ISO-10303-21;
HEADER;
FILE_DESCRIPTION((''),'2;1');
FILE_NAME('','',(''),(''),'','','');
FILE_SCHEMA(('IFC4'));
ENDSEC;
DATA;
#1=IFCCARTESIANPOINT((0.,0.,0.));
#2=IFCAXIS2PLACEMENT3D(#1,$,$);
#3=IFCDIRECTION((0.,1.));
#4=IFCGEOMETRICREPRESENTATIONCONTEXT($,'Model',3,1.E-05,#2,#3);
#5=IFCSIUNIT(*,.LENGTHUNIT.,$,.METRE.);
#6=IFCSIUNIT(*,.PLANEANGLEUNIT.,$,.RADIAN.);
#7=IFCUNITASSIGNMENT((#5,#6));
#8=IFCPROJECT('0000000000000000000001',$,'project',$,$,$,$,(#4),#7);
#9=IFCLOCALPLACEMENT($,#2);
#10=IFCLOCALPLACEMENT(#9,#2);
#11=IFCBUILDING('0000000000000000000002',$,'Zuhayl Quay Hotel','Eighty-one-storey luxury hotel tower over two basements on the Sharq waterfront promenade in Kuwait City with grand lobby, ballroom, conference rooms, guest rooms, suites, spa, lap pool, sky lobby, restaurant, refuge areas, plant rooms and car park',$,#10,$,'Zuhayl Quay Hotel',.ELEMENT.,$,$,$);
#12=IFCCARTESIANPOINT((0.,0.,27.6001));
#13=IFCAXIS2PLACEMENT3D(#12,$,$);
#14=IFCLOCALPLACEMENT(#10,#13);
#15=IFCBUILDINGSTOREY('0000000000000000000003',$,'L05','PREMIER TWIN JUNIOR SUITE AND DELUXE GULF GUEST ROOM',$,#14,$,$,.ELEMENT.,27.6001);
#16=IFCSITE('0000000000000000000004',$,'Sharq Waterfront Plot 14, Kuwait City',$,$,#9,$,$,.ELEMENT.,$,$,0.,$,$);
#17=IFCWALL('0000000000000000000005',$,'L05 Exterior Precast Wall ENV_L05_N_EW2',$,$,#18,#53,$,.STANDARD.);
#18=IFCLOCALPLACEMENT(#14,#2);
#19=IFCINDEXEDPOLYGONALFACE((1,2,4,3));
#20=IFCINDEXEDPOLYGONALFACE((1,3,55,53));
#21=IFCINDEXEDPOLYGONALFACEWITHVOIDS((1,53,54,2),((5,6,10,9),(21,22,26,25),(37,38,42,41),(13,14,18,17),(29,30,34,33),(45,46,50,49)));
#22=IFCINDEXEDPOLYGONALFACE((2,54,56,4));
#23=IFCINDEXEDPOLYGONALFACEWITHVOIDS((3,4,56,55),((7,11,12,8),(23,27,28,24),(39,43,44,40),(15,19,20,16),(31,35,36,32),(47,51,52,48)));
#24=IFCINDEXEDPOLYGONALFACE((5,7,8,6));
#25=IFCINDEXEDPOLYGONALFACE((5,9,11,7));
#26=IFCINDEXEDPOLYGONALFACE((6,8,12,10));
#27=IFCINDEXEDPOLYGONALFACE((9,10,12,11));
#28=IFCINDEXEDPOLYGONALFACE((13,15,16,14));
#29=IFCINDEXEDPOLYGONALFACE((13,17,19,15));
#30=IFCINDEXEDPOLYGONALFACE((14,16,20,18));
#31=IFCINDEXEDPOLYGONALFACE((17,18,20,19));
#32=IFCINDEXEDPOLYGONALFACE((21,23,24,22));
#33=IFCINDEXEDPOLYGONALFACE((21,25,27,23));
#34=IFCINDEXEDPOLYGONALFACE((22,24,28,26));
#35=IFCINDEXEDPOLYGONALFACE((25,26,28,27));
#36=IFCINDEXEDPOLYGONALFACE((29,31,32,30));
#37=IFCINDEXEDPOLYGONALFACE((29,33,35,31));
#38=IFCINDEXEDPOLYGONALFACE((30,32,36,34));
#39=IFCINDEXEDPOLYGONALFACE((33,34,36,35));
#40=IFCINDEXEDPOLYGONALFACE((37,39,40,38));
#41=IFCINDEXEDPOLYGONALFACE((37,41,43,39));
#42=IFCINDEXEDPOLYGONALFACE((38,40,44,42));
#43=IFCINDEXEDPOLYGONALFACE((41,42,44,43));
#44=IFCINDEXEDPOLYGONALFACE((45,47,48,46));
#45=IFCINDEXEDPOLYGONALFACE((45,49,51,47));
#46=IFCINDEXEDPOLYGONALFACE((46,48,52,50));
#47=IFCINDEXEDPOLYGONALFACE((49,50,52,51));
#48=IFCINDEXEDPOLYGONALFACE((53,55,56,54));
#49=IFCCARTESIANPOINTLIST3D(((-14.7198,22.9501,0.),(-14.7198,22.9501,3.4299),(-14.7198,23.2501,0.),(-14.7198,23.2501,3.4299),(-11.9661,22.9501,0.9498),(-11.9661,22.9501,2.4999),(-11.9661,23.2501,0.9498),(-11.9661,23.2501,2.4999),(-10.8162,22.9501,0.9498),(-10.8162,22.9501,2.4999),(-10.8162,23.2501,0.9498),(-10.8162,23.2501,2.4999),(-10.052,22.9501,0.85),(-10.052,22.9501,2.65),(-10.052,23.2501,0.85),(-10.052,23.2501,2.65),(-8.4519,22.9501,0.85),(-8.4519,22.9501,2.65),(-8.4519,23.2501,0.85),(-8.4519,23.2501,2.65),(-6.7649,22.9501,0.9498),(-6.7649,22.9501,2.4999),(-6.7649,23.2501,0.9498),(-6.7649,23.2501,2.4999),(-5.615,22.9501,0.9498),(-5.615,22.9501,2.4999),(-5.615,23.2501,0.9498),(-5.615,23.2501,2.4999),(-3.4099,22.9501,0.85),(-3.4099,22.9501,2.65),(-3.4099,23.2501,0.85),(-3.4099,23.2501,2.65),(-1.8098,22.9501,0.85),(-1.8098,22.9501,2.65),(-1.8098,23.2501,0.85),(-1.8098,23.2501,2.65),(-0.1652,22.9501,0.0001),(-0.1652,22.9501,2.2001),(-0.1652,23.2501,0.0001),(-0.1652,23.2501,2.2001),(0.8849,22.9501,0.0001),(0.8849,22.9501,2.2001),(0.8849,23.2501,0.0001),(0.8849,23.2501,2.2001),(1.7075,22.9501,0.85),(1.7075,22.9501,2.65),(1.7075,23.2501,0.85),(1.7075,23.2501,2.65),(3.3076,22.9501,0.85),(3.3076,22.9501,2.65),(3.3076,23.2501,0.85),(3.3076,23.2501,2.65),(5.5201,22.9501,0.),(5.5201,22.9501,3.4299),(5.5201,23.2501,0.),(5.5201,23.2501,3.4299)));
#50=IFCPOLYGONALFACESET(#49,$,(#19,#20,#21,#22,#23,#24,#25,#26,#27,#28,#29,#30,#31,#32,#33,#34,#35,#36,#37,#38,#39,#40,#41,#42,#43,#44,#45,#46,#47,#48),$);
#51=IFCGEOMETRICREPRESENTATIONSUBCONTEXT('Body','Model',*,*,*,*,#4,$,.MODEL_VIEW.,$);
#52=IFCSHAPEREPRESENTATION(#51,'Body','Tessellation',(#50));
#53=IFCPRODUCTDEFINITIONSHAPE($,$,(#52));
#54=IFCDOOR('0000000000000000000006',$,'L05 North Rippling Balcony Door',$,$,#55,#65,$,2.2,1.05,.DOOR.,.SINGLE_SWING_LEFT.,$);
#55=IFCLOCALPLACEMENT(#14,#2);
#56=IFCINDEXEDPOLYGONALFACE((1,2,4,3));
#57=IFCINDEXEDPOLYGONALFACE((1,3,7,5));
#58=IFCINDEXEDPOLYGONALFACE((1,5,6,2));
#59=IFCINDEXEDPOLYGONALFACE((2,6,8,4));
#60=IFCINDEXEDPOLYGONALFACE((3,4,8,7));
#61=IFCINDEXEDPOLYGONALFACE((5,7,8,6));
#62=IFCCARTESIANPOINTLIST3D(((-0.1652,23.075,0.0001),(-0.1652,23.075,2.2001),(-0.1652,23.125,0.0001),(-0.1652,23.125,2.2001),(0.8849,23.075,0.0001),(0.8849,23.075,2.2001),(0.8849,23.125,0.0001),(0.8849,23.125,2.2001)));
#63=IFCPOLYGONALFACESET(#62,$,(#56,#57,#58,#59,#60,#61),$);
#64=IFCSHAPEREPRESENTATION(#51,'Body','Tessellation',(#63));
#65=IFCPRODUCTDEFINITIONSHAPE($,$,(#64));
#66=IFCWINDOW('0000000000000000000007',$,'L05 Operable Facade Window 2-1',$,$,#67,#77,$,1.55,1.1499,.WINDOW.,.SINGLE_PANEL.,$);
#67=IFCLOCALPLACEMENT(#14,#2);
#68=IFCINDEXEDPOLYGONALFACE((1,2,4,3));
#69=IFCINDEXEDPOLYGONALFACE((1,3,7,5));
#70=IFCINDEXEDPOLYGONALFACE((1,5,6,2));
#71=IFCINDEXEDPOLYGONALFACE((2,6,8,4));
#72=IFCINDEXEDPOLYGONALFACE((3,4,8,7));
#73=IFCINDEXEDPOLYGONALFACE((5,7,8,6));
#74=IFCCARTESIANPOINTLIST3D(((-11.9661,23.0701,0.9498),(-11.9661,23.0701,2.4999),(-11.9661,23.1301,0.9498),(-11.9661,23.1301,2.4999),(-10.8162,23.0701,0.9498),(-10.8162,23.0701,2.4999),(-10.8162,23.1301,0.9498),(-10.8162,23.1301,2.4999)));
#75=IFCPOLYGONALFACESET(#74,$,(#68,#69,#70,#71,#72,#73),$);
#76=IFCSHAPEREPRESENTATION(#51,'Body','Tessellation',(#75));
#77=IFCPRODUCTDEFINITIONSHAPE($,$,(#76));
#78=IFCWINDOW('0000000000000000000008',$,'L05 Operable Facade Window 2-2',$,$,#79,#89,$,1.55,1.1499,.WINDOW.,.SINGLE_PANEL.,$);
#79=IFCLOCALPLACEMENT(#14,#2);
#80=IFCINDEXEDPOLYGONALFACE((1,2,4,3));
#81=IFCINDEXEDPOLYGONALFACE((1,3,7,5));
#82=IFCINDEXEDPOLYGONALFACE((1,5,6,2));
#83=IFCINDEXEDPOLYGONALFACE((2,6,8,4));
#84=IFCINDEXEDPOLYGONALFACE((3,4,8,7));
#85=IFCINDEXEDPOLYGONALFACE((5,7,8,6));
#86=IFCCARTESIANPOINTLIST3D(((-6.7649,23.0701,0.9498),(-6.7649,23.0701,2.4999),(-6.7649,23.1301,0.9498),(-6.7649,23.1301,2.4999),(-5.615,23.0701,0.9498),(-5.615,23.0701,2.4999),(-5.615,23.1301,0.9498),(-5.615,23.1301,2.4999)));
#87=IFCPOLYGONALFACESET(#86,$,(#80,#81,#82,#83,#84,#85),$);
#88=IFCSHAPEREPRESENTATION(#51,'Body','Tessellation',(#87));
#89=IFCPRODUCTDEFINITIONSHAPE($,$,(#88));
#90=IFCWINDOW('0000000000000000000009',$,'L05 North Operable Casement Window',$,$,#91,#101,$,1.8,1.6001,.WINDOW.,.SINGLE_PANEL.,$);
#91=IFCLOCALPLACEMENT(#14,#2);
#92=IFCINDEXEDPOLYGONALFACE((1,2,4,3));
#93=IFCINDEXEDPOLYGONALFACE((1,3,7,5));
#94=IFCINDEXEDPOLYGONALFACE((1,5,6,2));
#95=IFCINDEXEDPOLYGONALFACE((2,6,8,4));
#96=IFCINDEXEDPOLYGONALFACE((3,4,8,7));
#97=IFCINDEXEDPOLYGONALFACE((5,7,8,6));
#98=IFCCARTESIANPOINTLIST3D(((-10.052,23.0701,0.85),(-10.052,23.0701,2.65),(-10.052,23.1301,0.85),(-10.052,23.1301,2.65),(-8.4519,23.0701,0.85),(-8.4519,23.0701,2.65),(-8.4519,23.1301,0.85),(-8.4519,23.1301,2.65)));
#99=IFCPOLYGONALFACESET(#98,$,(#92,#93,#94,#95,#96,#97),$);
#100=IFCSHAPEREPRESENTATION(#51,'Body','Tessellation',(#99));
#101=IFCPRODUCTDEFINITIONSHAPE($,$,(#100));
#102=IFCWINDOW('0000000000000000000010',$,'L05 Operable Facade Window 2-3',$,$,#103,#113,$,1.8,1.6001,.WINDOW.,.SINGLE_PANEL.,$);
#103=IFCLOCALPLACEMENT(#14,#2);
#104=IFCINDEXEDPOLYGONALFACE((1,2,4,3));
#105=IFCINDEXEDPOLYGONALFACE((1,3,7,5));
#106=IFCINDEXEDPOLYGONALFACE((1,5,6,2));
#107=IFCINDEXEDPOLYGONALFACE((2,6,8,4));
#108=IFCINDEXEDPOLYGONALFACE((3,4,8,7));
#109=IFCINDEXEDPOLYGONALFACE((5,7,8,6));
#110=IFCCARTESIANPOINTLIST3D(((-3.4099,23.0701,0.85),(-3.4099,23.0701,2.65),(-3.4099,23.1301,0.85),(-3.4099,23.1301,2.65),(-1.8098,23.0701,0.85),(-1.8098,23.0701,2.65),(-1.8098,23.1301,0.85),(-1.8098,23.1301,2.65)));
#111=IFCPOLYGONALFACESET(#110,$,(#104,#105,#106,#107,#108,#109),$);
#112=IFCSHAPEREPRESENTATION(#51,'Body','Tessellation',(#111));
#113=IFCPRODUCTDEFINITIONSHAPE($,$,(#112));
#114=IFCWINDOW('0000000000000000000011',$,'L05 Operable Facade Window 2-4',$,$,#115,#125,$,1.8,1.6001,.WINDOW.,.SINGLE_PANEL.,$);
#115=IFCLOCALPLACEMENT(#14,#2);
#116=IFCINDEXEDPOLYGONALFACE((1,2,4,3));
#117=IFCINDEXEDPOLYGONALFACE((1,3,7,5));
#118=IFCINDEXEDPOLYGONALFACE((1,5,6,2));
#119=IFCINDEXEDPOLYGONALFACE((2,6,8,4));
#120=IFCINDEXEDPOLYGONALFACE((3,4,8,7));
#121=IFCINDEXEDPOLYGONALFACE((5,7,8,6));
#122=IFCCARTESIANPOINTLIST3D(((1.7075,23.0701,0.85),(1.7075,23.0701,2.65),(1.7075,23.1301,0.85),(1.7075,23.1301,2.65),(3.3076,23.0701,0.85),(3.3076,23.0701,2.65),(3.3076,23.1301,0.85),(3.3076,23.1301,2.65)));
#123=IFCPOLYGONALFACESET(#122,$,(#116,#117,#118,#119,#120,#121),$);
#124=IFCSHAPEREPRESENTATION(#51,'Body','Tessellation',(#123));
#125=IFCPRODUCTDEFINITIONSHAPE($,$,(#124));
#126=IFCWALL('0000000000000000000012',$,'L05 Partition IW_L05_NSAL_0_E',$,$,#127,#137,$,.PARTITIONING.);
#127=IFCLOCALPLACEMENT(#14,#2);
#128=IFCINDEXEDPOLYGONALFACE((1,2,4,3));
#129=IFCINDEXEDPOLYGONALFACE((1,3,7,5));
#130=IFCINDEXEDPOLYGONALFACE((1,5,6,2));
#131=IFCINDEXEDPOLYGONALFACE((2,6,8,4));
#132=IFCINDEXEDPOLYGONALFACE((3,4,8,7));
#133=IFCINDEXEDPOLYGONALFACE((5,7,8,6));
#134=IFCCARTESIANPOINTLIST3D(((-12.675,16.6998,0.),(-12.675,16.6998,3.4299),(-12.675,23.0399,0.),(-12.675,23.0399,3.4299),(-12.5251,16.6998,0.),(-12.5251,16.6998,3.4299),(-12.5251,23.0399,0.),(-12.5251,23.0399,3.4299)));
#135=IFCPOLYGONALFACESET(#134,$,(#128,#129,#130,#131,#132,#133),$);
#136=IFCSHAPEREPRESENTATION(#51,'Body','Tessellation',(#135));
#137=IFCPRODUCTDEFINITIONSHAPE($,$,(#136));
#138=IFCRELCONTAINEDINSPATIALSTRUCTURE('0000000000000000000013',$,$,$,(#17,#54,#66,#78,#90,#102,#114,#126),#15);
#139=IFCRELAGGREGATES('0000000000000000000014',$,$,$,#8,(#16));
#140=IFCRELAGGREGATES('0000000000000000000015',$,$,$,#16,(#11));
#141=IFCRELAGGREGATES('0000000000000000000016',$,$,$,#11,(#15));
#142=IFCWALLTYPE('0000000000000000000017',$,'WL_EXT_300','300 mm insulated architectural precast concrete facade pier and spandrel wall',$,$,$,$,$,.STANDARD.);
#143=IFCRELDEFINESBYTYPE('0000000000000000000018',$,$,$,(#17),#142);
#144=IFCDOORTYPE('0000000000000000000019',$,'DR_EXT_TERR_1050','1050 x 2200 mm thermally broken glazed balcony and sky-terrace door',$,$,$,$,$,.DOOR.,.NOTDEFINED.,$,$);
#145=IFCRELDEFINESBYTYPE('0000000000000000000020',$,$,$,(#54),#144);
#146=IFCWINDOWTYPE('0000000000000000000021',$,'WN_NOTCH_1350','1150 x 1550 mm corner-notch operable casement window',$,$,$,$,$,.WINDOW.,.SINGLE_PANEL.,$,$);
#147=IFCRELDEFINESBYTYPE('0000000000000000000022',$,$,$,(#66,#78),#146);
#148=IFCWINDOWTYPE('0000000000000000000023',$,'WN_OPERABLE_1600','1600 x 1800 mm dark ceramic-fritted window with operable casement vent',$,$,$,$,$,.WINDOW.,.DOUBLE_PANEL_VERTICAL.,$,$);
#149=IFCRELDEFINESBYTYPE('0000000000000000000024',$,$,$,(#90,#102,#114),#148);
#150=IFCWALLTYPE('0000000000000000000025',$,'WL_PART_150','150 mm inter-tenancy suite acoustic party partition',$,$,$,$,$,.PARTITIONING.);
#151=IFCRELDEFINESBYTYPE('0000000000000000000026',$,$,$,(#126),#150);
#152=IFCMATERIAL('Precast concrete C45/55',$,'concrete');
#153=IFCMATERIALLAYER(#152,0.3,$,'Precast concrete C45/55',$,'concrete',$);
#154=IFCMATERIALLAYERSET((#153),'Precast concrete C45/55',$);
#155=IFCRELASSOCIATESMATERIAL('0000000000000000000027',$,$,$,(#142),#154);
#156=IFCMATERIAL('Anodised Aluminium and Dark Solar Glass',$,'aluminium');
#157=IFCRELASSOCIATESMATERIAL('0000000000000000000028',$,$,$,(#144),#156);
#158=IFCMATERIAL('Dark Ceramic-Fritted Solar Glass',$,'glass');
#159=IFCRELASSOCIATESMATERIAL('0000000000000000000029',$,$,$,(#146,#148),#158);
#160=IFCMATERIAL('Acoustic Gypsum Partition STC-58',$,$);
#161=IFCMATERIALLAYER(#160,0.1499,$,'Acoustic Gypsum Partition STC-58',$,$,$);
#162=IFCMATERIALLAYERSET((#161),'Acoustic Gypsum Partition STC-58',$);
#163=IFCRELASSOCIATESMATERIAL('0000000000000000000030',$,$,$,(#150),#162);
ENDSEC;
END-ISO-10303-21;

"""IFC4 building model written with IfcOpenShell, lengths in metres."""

from ifc_helpers import new_model, si_unit, direction, frame, frame_2d, origin, place, context, subcontext, project, spatial, rectangle, extrude, material, layer, layer_set, type_object, element, fill, save


model = new_model("IFC4")

# Units and contexts
model_context = context("Model", 3, precision=1e-05, world=origin(), true_north=direction((0.0, 1.0)))
body_context = subcontext(model_context, "Body", "Model", "MODEL_VIEW")
ifc_project = project(units=[si_unit("LENGTHUNIT", "METRE"), si_unit("PLANEANGLEUNIT", "RADIAN")], contexts=[model_context])

# Site, building, storey
site_placement = place(None, origin())
site = spatial("IfcSite", under=ifc_project, at=site_placement, Name="Sharq Waterfront Plot 14, Kuwait City", CompositionType="ELEMENT", RefElevation=0.0)
building_placement = place(site_placement, origin())
building = spatial("IfcBuilding", under=site, at=building_placement, Name="Zuhayl Quay Hotel", Description="Eighty-one-storey luxury hotel tower over two basements on the Sharq waterfront promenade in Kuwait City with grand lobby, ballroom, conference rooms, guest rooms, suites, spa, lap pool, sky lobby, restaurant, refuge areas, plant rooms and car park", LongName="Zuhayl Quay Hotel", CompositionType="ELEMENT")
storey_placement = place(building_placement, frame((0.0, 0.0, 27.6001)))
storey = spatial("IfcBuildingStorey", under=building, at=storey_placement, Name="L05", Description="PREMIER TWIN JUNIOR SUITE AND DELUXE GULF GUEST ROOM", CompositionType="ELEMENT", Elevation=27.6001)

# Wall, openings, door, windows
ifc_material_1 = material(Name="Precast concrete C45/55", Category="concrete")
ifc_layer_1 = layer(ifc_material_1, 0.3, Name="Precast concrete C45/55", Category="concrete")
ifc_layer_set_1 = layer_set([ifc_layer_1], Name="Precast concrete C45/55")
wall_type_1 = type_object("IfcWallType", Name="WL_EXT_300", Description="300 mm insulated architectural precast concrete facade pier and spandrel wall", PredefinedType="STANDARD", material=ifc_layer_set_1)
wall_1_placement = place(storey_placement, frame((-14.72, 23.1001, 0.0), z_axis=(0.0, 0.0, 1.0), x_axis=(1.0, 0.0, 0.0)))
wall_1 = element("IfcWall", 1, at=wall_1_placement, inside=storey, type_object=wall_type_1, Name="L05 Exterior Precast Wall ENV_L05_N_EW2", PredefinedType="STANDARD", context=body_context, shape_type="SweptSolid", body=[
    extrude(rectangle(XDim=20.24, YDim=0.3, at=frame_2d((10.1201, 0.0))), origin(), (0.0, 0.0, 1.0), 3.4299),
])
opening_1_placement = place(wall_1_placement, frame((14.5549, 0.0, 0.0)))
opening_1 = element("IfcOpeningElement", 2, at=opening_1_placement, cuts=wall_1, PredefinedType="OPENING", context=body_context, shape_type="SweptSolid", body=[
    extrude(rectangle(XDim=1.05, YDim=2.2, at=frame_2d((0.5249, 1.1001))), frame((0.0, 0.1599, 0.0), z_axis=(0.0, -1.0, 0.0), x_axis=(1.0, 0.0, 0.0)), (0.0, 0.0, 1.0), 0.3201),
])
opening_2_placement = place(wall_1_placement, frame((4.668, 0.0, 0.8501)))
opening_2 = element("IfcOpeningElement", 3, at=opening_2_placement, cuts=wall_1, PredefinedType="OPENING", context=body_context, shape_type="SweptSolid", body=[
    extrude(rectangle(XDim=1.6001, YDim=1.8, at=frame_2d((0.8, 0.8999))), frame((0.0, 0.1599, 0.0), z_axis=(0.0, -1.0, 0.0), x_axis=(1.0, 0.0, 0.0)), (0.0, 0.0, 1.0), 0.3201),
])
opening_3_placement = place(wall_1_placement, frame((2.7539, 0.0, 0.95)))
opening_3 = element("IfcOpeningElement", 4, at=opening_3_placement, cuts=wall_1, PredefinedType="OPENING", context=body_context, shape_type="SweptSolid", body=[
    extrude(rectangle(XDim=1.1499, YDim=1.55, at=frame_2d((0.575, 0.7749))), frame((0.0, 0.1599, 0.0), z_axis=(0.0, -1.0, 0.0), x_axis=(1.0, 0.0, 0.0)), (0.0, 0.0, 1.0), 0.3201),
])
opening_4_placement = place(wall_1_placement, frame((7.9551, 0.0, 0.95)))
opening_4 = element("IfcOpeningElement", 5, at=opening_4_placement, cuts=wall_1, PredefinedType="OPENING", context=body_context, shape_type="SweptSolid", body=[
    extrude(rectangle(XDim=1.1499, YDim=1.55, at=frame_2d((0.575, 0.7749))), frame((0.0, 0.1599, 0.0), z_axis=(0.0, -1.0, 0.0), x_axis=(1.0, 0.0, 0.0)), (0.0, 0.0, 1.0), 0.3201),
])
opening_5_placement = place(wall_1_placement, frame((11.3101, 0.0, 0.8501)))
opening_5 = element("IfcOpeningElement", 6, at=opening_5_placement, cuts=wall_1, PredefinedType="OPENING", context=body_context, shape_type="SweptSolid", body=[
    extrude(rectangle(XDim=1.6001, YDim=1.8, at=frame_2d((0.8, 0.8999))), frame((0.0, 0.1599, 0.0), z_axis=(0.0, -1.0, 0.0), x_axis=(1.0, 0.0, 0.0)), (0.0, 0.0, 1.0), 0.3201),
])
opening_6_placement = place(wall_1_placement, frame((16.4275, 0.0, 0.8501)))
opening_6 = element("IfcOpeningElement", 7, at=opening_6_placement, cuts=wall_1, PredefinedType="OPENING", context=body_context, shape_type="SweptSolid", body=[
    extrude(rectangle(XDim=1.6001, YDim=1.8, at=frame_2d((0.8, 0.8999))), frame((0.0, 0.1599, 0.0), z_axis=(0.0, -1.0, 0.0), x_axis=(1.0, 0.0, 0.0)), (0.0, 0.0, 1.0), 0.3201),
])
ifc_material_2 = material(Name="Anodised Aluminium and Dark Solar Glass", Category="aluminium")
door_type_1 = type_object("IfcDoorType", Name="DR_EXT_TERR_1050", Description="1050 x 2200 mm thermally broken glazed balcony and sky-terrace door", OperationType="NOTDEFINED", PredefinedType="DOOR", material=ifc_material_2)
door_1_placement = place(opening_1_placement, origin())
door_1 = element("IfcDoor", 8, at=door_1_placement, inside=storey, type_object=door_type_1, Name="L05 North Rippling Balcony Door", OperationType="SINGLE_SWING_LEFT", OverallHeight=2.2, OverallWidth=1.05, PredefinedType="DOOR", context=body_context, shape_type="SweptSolid", body=[
    extrude(rectangle(XDim=1.05, YDim=2.2, at=frame_2d((0.5249, 1.1001))), frame((0.0, 0.0249, 0.0), z_axis=(0.0, -1.0, 0.0), x_axis=(1.0, 0.0, 0.0)), (0.0, 0.0, 1.0), 0.05),
])
fill(opening_1, door_1)
ifc_material_3 = material(Name="Dark Ceramic-Fritted Solar Glass", Category="glass")
window_type_1 = type_object("IfcWindowType", Name="WN_NOTCH_1350", Description="1150 x 1550 mm corner-notch operable casement window", PartitioningType="SINGLE_PANEL", PredefinedType="WINDOW", material=ifc_material_3)
window_1_placement = place(opening_3_placement, origin())
window_1 = element("IfcWindow", 9, at=window_1_placement, inside=storey, type_object=window_type_1, Name="L05 Operable Facade Window 2-1", OverallHeight=1.55, OverallWidth=1.1499, PartitioningType="SINGLE_PANEL", PredefinedType="WINDOW", context=body_context, shape_type="SweptSolid", body=[
    extrude(rectangle(XDim=1.1499, YDim=1.55, at=frame_2d((0.575, 0.7749))), frame((0.0, 0.03, 0.0), z_axis=(0.0, -1.0, 0.0), x_axis=(1.0, 0.0, 0.0)), (0.0, 0.0, 1.0), 0.0601),
])
fill(opening_3, window_1)
window_2_placement = place(opening_4_placement, origin())
window_2 = element("IfcWindow", 10, at=window_2_placement, inside=storey, type_object=window_type_1, Name="L05 Operable Facade Window 2-2", OverallHeight=1.55, OverallWidth=1.1499, PartitioningType="SINGLE_PANEL", PredefinedType="WINDOW", context=body_context, shape_type="SweptSolid", body=[
    extrude(rectangle(XDim=1.1499, YDim=1.55, at=frame_2d((0.575, 0.7749))), frame((0.0, 0.03, 0.0), z_axis=(0.0, -1.0, 0.0), x_axis=(1.0, 0.0, 0.0)), (0.0, 0.0, 1.0), 0.0601),
])
fill(opening_4, window_2)
window_type_2 = type_object("IfcWindowType", Name="WN_OPERABLE_1600", Description="1600 x 1800 mm dark ceramic-fritted window with operable casement vent", PartitioningType="DOUBLE_PANEL_VERTICAL", PredefinedType="WINDOW", material=ifc_material_3)
window_3_placement = place(opening_2_placement, origin())
window_3 = element("IfcWindow", 11, at=window_3_placement, inside=storey, type_object=window_type_2, Name="L05 North Operable Casement Window", OverallHeight=1.8, OverallWidth=1.6001, PartitioningType="SINGLE_PANEL", PredefinedType="WINDOW", context=body_context, shape_type="SweptSolid", body=[
    extrude(rectangle(XDim=1.6001, YDim=1.8, at=frame_2d((0.8, 0.8999))), frame((0.0, 0.03, 0.0), z_axis=(0.0, -1.0, 0.0), x_axis=(1.0, 0.0, 0.0)), (0.0, 0.0, 1.0), 0.0601),
])
fill(opening_2, window_3)
window_4_placement = place(opening_5_placement, origin())
window_4 = element("IfcWindow", 12, at=window_4_placement, inside=storey, type_object=window_type_2, Name="L05 Operable Facade Window 2-3", OverallHeight=1.8, OverallWidth=1.6001, PartitioningType="SINGLE_PANEL", PredefinedType="WINDOW", context=body_context, shape_type="SweptSolid", body=[
    extrude(rectangle(XDim=1.6001, YDim=1.8, at=frame_2d((0.8, 0.8999))), frame((0.0, 0.03, 0.0), z_axis=(0.0, -1.0, 0.0), x_axis=(1.0, 0.0, 0.0)), (0.0, 0.0, 1.0), 0.0601),
])
fill(opening_5, window_4)
window_5_placement = place(opening_6_placement, origin())
window_5 = element("IfcWindow", 13, at=window_5_placement, inside=storey, type_object=window_type_2, Name="L05 Operable Facade Window 2-4", OverallHeight=1.8, OverallWidth=1.6001, PartitioningType="SINGLE_PANEL", PredefinedType="WINDOW", context=body_context, shape_type="SweptSolid", body=[
    extrude(rectangle(XDim=1.6001, YDim=1.8, at=frame_2d((0.8, 0.8999))), frame((0.0, 0.03, 0.0), z_axis=(0.0, -1.0, 0.0), x_axis=(1.0, 0.0, 0.0)), (0.0, 0.0, 1.0), 0.0601),
])
fill(opening_6, window_5)

# Wall
ifc_material_4 = material(Name="Acoustic Gypsum Partition STC-58")
ifc_layer_2 = layer(ifc_material_4, 0.1499, Name="Acoustic Gypsum Partition STC-58")
ifc_layer_set_2 = layer_set([ifc_layer_2], Name="Acoustic Gypsum Partition STC-58")
wall_type_2 = type_object("IfcWallType", Name="WL_PART_150", Description="150 mm inter-tenancy suite acoustic party partition", PredefinedType="PARTITIONING", material=ifc_layer_set_2)
wall_2_placement = place(storey_placement, frame((-12.6001, 16.7, 0.0), z_axis=(0.0, 0.0, 1.0), x_axis=(0.0, 1.0, 0.0)))
element("IfcWall", 14, at=wall_2_placement, inside=storey, type_object=wall_type_2, Name="L05 Partition IW_L05_NSAL_0_E", PredefinedType="PARTITIONING", context=body_context, shape_type="SweptSolid", body=[
    extrude(rectangle(XDim=6.3401, YDim=0.1499, at=frame_2d((3.1699, 0.0))), origin(), (0.0, 0.0, 1.0), 3.4299),
])

save(model, "model.ifc")
